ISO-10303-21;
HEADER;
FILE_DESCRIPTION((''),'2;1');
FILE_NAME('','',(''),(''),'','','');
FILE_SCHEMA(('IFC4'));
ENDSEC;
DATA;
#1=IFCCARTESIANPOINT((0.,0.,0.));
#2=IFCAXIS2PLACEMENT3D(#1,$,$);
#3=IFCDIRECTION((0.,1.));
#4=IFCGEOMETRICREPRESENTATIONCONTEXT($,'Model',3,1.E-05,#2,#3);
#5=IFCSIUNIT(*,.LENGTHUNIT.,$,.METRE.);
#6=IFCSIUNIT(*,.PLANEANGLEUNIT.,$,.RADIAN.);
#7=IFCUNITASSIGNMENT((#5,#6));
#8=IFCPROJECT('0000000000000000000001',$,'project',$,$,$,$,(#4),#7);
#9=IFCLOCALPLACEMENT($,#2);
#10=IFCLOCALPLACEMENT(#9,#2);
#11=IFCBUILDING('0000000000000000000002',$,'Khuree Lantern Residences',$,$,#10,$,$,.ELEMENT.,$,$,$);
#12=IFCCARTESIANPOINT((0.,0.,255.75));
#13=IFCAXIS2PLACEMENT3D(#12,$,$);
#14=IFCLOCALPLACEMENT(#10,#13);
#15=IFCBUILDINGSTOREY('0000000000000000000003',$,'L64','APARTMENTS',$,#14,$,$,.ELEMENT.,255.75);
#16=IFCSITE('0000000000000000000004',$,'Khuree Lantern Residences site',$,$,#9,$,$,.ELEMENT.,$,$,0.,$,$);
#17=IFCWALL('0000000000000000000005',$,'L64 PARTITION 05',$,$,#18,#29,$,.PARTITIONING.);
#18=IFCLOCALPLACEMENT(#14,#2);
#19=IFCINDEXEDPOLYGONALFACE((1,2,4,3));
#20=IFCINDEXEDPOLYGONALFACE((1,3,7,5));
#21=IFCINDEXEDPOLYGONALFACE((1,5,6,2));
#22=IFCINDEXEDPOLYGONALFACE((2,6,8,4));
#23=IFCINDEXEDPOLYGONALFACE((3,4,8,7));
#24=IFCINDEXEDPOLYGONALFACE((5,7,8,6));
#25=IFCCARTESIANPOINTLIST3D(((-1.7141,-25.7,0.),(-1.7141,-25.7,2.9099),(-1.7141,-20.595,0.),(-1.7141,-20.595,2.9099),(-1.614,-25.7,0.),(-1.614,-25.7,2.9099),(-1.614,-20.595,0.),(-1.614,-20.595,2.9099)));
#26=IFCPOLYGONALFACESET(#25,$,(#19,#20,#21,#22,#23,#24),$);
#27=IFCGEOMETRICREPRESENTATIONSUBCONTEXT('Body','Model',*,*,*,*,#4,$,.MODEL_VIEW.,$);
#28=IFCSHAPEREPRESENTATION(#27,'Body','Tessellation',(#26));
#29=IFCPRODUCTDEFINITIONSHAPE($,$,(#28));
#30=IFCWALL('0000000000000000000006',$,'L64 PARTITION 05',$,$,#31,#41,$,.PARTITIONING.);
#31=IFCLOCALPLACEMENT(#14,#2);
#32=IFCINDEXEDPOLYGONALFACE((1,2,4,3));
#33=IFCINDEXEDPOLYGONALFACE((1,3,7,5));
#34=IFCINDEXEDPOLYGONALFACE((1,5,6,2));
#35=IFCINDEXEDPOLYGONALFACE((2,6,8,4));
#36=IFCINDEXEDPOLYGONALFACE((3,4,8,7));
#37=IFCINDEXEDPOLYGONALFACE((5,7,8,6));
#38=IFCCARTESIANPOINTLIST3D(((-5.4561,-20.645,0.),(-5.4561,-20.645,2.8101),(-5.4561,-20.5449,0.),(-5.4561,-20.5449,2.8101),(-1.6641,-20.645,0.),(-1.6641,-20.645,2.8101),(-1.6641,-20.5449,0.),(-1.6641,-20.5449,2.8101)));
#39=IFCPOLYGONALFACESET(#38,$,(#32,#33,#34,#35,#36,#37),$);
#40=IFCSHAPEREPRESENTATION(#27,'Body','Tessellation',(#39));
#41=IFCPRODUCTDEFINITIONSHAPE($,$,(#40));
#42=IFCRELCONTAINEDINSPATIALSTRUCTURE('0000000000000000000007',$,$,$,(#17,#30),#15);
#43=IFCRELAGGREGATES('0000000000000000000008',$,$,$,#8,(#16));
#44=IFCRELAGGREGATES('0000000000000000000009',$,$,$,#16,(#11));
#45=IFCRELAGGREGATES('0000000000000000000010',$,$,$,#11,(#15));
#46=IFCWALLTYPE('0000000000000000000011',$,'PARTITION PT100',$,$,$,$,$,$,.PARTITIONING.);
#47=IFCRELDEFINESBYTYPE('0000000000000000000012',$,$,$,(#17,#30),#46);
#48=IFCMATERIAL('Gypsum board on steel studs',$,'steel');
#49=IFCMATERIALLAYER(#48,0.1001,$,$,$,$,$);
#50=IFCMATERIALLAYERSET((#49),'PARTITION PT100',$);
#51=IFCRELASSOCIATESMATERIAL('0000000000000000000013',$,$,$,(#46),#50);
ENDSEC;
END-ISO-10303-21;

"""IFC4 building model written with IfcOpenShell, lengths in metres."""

from ifc_helpers import new_model, si_unit, direction, frame, frame_2d, origin, place, context, subcontext, project, spatial, rectangle, extrude, material, layer, layer_set, type_object, element, save


model = new_model("IFC4")

# Units and contexts
model_context = context("Model", 3, precision=1e-05, world=origin(), true_north=direction((0.0, 1.0)))
body_context = subcontext(model_context, "Body", "Model", "MODEL_VIEW")
ifc_project = project(units=[si_unit("LENGTHUNIT", "METRE"), si_unit("PLANEANGLEUNIT", "RADIAN")], contexts=[model_context])

# Site, building, storey
site_placement = place(None, origin())
site = spatial("IfcSite", under=ifc_project, at=site_placement, Name="Khuree Lantern Residences site", CompositionType="ELEMENT", RefElevation=0.0)
building_placement = place(site_placement, origin())
building = spatial("IfcBuilding", under=site, at=building_placement, Name="Khuree Lantern Residences", CompositionType="ELEMENT")
storey_placement = place(building_placement, frame((0.0, 0.0, 255.75)))
storey = spatial("IfcBuildingStorey", under=building, at=storey_placement, Name="L64", Description="APARTMENTS", CompositionType="ELEMENT", Elevation=255.75)

# Shared definitions
ifc_material_1 = material(Name="Gypsum board on steel studs", Category="steel")

# Walls
ifc_layer_1 = layer(ifc_material_1, 0.1001)
ifc_layer_set_1 = layer_set([ifc_layer_1], Name="PARTITION PT100")
wall_type_1 = type_object("IfcWallType", Name="PARTITION PT100", PredefinedType="PARTITIONING", material=ifc_layer_set_1)
wall_1_placement = place(storey_placement, frame((-1.6641, -20.595, 0.0), z_axis=(0.0, 0.0, 1.0), x_axis=(0.0, -1.0, 0.0)))
element("IfcWall", 1, at=wall_1_placement, inside=storey, type_object=wall_type_1, Name="L64 PARTITION 05", PredefinedType="PARTITIONING", context=body_context, shape_type="SweptSolid", body=[
    extrude(rectangle(XDim=5.105, YDim=0.1001, at=frame_2d((2.5525, 0.0))), origin(), (0.0, 0.0, 1.0), 2.9099),
])
wall_2_placement = place(storey_placement, frame((-5.4561, -20.595, 0.0), z_axis=(0.0, 0.0, 1.0), x_axis=(1.0, 0.0, 0.0)))
element("IfcWall", 2, at=wall_2_placement, inside=storey, type_object=wall_type_1, Name="L64 PARTITION 05", PredefinedType="PARTITIONING", context=body_context, shape_type="SweptSolid", body=[
    extrude(rectangle(XDim=3.792, YDim=0.1001, at=frame_2d((1.896, 0.0))), origin(), (0.0, 0.0, 1.0), 2.8101),
])

save(model, "model.ifc")
